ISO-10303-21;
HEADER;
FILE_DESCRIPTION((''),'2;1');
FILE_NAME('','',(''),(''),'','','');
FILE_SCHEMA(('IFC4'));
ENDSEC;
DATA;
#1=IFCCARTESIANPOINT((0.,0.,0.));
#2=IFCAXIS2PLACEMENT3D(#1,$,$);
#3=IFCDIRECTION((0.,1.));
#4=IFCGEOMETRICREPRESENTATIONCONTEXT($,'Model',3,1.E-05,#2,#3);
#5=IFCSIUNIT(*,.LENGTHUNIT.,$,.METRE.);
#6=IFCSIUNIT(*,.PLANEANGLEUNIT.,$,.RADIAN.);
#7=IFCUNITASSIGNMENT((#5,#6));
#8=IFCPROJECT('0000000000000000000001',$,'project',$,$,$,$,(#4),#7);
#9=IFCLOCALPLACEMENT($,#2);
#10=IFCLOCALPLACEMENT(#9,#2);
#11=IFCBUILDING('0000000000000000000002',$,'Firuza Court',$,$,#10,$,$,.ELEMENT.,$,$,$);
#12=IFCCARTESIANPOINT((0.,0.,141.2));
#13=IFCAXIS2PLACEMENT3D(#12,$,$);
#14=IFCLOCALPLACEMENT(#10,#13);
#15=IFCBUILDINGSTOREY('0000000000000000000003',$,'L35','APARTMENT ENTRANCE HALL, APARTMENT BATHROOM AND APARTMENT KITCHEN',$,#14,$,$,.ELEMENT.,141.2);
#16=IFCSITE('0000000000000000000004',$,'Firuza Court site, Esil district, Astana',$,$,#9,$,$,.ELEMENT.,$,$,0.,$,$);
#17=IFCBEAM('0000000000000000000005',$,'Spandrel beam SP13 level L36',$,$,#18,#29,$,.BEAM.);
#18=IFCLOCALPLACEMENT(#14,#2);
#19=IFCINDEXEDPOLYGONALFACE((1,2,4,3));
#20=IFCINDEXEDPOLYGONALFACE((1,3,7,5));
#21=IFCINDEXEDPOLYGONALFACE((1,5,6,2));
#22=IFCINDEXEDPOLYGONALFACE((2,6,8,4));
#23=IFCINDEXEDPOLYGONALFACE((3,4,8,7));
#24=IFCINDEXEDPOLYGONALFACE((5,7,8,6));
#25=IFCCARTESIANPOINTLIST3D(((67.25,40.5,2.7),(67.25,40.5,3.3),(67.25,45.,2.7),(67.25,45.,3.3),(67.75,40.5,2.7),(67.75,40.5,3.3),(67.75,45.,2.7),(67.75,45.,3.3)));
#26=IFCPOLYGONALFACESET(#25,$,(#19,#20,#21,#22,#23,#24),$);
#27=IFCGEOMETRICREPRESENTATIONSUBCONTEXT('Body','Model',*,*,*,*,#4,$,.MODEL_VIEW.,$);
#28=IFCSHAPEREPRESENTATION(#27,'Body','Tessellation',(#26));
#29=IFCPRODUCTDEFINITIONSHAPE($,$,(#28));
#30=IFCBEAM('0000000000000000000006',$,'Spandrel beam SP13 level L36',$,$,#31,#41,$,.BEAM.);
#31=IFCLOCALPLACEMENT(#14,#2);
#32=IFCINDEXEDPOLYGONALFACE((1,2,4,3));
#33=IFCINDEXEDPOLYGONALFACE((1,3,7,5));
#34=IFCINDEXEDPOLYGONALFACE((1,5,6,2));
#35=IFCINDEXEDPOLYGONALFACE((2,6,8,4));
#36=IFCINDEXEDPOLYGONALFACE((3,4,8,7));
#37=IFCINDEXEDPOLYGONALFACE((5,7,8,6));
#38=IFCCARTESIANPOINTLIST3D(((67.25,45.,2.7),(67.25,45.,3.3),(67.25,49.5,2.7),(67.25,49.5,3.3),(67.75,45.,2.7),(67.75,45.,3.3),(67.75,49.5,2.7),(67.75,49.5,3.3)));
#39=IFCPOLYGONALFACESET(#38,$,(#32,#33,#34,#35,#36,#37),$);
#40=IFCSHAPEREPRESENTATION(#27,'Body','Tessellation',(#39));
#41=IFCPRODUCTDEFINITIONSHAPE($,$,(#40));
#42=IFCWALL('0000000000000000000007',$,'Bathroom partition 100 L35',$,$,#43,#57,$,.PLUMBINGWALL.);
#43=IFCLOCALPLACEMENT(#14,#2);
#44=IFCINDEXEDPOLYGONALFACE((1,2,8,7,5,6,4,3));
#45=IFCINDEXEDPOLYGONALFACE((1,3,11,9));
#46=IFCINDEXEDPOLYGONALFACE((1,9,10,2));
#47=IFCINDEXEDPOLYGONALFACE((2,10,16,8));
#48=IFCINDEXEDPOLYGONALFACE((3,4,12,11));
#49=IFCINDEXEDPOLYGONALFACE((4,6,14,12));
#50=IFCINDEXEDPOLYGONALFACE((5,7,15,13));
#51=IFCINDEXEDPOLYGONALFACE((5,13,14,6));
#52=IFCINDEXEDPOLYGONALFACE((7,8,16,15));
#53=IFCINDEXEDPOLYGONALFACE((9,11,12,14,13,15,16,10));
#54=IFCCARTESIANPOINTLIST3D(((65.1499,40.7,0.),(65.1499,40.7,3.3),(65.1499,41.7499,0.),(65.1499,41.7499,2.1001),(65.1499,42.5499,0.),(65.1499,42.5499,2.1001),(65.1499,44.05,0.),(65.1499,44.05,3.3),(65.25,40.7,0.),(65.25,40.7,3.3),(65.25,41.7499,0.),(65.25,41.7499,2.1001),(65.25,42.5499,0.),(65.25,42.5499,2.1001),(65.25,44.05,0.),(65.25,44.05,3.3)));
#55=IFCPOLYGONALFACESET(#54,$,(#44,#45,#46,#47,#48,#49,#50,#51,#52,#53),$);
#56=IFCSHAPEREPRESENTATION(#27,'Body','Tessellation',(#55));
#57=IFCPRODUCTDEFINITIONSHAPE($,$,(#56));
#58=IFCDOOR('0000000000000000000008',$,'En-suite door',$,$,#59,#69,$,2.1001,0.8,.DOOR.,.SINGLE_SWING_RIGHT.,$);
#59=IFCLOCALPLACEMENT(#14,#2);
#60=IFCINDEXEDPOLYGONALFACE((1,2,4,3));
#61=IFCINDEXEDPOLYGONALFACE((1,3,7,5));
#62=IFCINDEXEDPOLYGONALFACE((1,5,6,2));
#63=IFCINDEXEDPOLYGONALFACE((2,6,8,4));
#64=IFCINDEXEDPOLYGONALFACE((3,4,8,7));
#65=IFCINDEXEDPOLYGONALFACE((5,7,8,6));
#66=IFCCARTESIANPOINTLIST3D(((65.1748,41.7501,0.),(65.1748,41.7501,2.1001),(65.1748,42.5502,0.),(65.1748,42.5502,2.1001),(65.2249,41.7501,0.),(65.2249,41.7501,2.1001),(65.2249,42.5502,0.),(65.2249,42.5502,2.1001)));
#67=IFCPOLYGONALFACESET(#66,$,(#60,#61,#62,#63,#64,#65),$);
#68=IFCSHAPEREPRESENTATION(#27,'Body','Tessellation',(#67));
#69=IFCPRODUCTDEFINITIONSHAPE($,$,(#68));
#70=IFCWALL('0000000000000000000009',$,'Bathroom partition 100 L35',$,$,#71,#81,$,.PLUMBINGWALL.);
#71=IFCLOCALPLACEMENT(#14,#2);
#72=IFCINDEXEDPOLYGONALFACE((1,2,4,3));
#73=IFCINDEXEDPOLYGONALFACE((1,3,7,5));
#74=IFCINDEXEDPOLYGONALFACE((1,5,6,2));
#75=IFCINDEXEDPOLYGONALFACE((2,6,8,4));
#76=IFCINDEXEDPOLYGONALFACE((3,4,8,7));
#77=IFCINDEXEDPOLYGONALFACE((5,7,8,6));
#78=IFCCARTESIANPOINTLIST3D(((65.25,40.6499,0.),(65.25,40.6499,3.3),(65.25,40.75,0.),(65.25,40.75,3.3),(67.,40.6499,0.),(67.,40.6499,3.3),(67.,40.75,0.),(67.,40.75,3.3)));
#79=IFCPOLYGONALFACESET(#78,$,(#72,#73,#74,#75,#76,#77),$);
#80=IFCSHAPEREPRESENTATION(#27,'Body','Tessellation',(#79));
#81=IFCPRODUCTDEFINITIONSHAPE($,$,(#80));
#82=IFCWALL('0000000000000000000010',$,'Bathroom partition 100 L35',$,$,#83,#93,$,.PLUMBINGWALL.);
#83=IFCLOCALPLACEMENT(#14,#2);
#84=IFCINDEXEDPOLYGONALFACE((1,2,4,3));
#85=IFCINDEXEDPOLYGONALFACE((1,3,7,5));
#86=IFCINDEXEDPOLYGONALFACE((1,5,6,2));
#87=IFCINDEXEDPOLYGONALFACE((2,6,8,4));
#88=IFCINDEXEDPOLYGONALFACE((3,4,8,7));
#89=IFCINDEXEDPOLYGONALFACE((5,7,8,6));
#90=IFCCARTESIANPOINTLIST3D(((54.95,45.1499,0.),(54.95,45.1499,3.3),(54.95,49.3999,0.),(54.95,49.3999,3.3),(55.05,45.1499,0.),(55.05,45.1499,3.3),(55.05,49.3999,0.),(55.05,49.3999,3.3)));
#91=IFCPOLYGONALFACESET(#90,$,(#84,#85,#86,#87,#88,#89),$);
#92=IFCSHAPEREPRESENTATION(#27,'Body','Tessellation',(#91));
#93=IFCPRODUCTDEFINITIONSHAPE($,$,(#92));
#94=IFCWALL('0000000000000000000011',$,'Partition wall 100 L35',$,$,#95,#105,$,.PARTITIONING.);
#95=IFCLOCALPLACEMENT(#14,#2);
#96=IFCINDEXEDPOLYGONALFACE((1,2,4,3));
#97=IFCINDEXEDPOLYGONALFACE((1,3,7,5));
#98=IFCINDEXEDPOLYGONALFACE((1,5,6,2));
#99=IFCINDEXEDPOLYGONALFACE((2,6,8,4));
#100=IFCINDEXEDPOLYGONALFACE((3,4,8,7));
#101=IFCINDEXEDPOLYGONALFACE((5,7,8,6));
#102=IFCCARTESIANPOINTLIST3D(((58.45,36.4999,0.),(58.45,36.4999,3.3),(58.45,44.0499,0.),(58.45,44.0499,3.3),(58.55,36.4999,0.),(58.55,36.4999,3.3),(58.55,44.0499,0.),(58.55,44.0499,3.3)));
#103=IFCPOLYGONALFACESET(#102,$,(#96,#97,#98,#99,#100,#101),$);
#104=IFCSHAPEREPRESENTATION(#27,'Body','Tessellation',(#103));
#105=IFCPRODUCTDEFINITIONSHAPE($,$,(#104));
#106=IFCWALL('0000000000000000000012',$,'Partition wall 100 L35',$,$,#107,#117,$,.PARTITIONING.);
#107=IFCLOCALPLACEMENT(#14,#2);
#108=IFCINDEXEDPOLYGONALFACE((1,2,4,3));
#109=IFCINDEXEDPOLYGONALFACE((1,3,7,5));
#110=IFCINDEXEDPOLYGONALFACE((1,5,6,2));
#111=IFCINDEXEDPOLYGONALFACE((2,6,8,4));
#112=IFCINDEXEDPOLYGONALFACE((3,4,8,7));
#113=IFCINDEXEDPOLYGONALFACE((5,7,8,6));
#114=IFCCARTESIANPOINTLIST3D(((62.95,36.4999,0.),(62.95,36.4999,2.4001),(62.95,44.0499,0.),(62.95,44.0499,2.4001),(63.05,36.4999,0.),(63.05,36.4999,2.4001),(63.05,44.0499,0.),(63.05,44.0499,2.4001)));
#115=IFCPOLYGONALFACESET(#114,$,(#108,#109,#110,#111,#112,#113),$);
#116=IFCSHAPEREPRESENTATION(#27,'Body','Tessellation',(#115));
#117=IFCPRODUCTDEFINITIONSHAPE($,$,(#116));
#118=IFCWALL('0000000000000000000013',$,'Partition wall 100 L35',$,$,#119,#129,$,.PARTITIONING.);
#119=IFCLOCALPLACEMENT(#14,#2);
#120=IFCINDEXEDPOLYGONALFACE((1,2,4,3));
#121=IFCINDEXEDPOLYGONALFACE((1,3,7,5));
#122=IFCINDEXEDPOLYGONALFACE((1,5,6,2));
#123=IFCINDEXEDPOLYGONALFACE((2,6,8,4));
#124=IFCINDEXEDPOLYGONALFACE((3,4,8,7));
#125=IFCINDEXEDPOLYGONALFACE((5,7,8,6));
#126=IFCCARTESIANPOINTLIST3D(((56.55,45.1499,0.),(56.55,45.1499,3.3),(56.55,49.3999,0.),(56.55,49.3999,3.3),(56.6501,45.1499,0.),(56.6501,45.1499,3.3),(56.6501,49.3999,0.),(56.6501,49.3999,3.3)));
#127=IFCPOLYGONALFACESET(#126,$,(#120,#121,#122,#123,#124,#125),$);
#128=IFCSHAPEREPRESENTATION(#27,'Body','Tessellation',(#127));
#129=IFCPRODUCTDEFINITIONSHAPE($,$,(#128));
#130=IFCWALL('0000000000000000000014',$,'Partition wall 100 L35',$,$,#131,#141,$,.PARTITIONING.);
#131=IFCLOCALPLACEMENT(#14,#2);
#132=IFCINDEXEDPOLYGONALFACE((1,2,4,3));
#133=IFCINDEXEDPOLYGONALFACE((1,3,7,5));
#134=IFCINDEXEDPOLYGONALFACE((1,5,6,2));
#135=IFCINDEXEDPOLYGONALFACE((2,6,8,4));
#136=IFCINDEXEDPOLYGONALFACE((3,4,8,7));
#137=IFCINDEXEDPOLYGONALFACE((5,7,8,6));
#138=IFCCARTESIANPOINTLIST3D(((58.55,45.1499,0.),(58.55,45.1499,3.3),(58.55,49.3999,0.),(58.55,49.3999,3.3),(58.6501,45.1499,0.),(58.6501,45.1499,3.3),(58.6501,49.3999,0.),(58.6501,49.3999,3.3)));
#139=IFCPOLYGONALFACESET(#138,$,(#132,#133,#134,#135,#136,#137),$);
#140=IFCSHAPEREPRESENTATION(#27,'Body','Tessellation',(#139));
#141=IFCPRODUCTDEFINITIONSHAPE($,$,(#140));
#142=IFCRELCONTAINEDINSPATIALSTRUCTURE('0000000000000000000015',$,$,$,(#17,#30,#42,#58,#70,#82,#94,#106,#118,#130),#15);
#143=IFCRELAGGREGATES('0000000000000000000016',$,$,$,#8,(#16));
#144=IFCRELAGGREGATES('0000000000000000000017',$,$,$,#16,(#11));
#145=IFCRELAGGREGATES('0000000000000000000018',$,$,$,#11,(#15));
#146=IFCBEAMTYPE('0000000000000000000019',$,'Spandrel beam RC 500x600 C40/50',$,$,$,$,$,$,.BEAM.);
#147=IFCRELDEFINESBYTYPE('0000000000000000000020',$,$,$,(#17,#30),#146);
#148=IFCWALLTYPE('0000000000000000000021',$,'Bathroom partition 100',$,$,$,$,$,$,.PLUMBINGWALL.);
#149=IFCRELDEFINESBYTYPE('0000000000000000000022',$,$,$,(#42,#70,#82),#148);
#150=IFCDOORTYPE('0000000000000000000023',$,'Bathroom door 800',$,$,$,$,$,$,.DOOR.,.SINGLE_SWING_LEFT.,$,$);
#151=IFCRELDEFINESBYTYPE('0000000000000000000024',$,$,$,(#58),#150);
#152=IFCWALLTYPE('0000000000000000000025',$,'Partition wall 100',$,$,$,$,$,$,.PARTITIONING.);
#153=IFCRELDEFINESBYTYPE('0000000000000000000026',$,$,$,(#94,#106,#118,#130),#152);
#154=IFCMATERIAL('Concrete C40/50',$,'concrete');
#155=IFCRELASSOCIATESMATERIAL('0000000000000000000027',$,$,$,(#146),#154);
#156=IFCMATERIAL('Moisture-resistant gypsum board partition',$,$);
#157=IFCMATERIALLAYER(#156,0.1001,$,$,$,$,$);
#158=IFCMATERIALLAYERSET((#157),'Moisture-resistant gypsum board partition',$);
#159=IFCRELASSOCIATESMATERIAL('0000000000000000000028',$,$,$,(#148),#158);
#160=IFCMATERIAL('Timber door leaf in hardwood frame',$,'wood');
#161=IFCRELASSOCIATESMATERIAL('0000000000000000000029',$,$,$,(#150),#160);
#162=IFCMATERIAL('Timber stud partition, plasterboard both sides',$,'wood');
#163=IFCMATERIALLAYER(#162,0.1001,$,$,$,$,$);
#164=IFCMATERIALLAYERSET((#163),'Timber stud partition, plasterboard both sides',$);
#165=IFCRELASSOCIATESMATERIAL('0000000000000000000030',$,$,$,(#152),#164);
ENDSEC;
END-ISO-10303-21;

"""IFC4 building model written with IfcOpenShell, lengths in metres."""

from ifc_helpers import new_model, si_unit, direction, frame, frame_2d, origin, origin_2d, place, context, subcontext, project, spatial, rectangle, extrude, material, layer, layer_set, material_profile, profile_set, type_object, element, fill, save


model = new_model("IFC4")

# Units and contexts
model_context = context("Model", 3, precision=1e-05, world=origin(), true_north=direction((0.0, 1.0)))
body_context = subcontext(model_context, "Body", "Model", "MODEL_VIEW")
ifc_project = project(units=[si_unit("LENGTHUNIT", "METRE"), si_unit("PLANEANGLEUNIT", "RADIAN")], contexts=[model_context])

# Site, building, storey
site_placement = place(None, origin())
site = spatial("IfcSite", under=ifc_project, at=site_placement, Name="Firuza Court site, Esil district, Astana", CompositionType="ELEMENT", RefElevation=0.0)
building_placement = place(site_placement, origin())
building = spatial("IfcBuilding", under=site, at=building_placement, Name="Firuza Court", CompositionType="ELEMENT")
storey_placement = place(building_placement, frame((0.0, 0.0, 141.2)))
storey = spatial("IfcBuildingStorey", under=building, at=storey_placement, Name="L35", Description="APARTMENT ENTRANCE HALL, APARTMENT BATHROOM AND APARTMENT KITCHEN", CompositionType="ELEMENT", Elevation=141.2)

# Beams
ifc_material_1 = material(Name="Concrete C40/50", Category="concrete")
ifc_material_profile_1 = material_profile(ifc_material_1, rectangle(XDim=0.5, YDim=0.6001, at=origin_2d()), Name="RC 500x600")
ifc_profile_set_1 = profile_set([ifc_material_profile_1], Name="Concrete C40/50")
beam_type_1 = type_object("IfcBeamType", Name="Spandrel beam RC 500x600 C40/50", PredefinedType="BEAM", material=ifc_profile_set_1)
for number, where, z_axis, x_axis, name in (
    (1, (67.5, 40.5, 3.0), (0.0, 1.0, 0.0), (-1.0, 0.0, 0.0), "Spandrel beam SP13 level L36"),
    (2, (67.5, 45.0, 3.0), (0.0, 1.0, 0.0), (-1.0, 0.0, 0.0), "Spandrel beam SP13 level L36"),
):
    element("IfcBeam", number, at=place(storey_placement, frame(where, z_axis=z_axis, x_axis=x_axis)), inside=storey, type_object=beam_type_1, Name=name, PredefinedType="BEAM", context=body_context, shape_type="SweptSolid", body=[
        extrude(rectangle(XDim=0.5, YDim=0.6001, at=origin_2d()), origin(), (0.0, 0.0, 1.0), 4.5),
    ])

# Wall, opening, door
ifc_material_2 = material(Name="Moisture-resistant gypsum board partition")
ifc_layer_1 = layer(ifc_material_2, 0.1001)
ifc_layer_set_1 = layer_set([ifc_layer_1], Name="Moisture-resistant gypsum board partition")
wall_type_1 = type_object("IfcWallType", Name="Bathroom partition 100", PredefinedType="PLUMBINGWALL", material=ifc_layer_set_1)
wall_1_placement = place(storey_placement, frame((65.2, 40.7, 0.0), z_axis=(0.0, 0.0, 1.0), x_axis=(0.0, 1.0, 0.0)))
wall_1 = element("IfcWall", 3, at=wall_1_placement, inside=storey, type_object=wall_type_1, Name="Bathroom partition 100 L35", PredefinedType="PLUMBINGWALL", context=body_context, shape_type="SweptSolid", body=[
    extrude(rectangle(XDim=3.3501, YDim=0.1001, at=frame_2d((1.675, 0.0))), origin(), (0.0, 0.0, 1.0), 3.3),
])
opening_1_placement = place(wall_1_placement, frame((1.05, 0.0, 0.0)))
opening_1 = element("IfcOpeningElement", 4, at=opening_1_placement, cuts=wall_1, PredefinedType="OPENING", context=body_context, shape_type="SweptSolid", body=[
    extrude(rectangle(XDim=0.8, YDim=2.1001, at=frame_2d((0.3999, 1.05))), frame((0.0, 0.062, 0.0), z_axis=(0.0, -1.0, 0.0), x_axis=(1.0, 0.0, 0.0)), (0.0, 0.0, 1.0), 0.124),
])
ifc_material_3 = material(Name="Timber door leaf in hardwood frame", Category="wood")
door_type = type_object("IfcDoorType", Name="Bathroom door 800", OperationType="SINGLE_SWING_LEFT", PredefinedType="DOOR", material=ifc_material_3)
door_placement = place(opening_1_placement, frame((0.8, 0.0, 0.0), z_axis=(0.0, 0.0, 1.0), x_axis=(-1.0, 0.0, 0.0)))
door = element("IfcDoor", 5, at=door_placement, inside=storey, type_object=door_type, Name="En-suite door", OperationType="SINGLE_SWING_RIGHT", OverallHeight=2.1001, OverallWidth=0.8, PredefinedType="DOOR", context=body_context, shape_type="SweptSolid", body=[
    extrude(rectangle(XDim=0.8, YDim=2.1001, at=frame_2d((0.3999, 1.05))), frame((0.0, 0.0249, 0.0), z_axis=(0.0, -1.0, 0.0), x_axis=(1.0, 0.0, 0.0)), (0.0, 0.0, 1.0), 0.05),
])
fill(opening_1, door)

# Walls
wall_2_placement = place(storey_placement, frame((65.25, 40.7, 0.0), z_axis=(0.0, 0.0, 1.0), x_axis=(1.0, 0.0, 0.0)))
element("IfcWall", 6, at=wall_2_placement, inside=storey, type_object=wall_type_1, Name="Bathroom partition 100 L35", PredefinedType="PLUMBINGWALL", context=body_context, shape_type="SweptSolid", body=[
    extrude(rectangle(XDim=1.75, YDim=0.1001, at=frame_2d((0.875, 0.0))), origin(), (0.0, 0.0, 1.0), 3.3),
])
wall_3_placement = place(storey_placement, frame((55.0, 45.1499, 0.0), z_axis=(0.0, 0.0, 1.0), x_axis=(0.0, 1.0, 0.0)))
element("IfcWall", 7, at=wall_3_placement, inside=storey, type_object=wall_type_1, Name="Bathroom partition 100 L35", PredefinedType="PLUMBINGWALL", context=body_context, shape_type="SweptSolid", body=[
    extrude(rectangle(XDim=4.25, YDim=0.1001, at=frame_2d((2.125, 0.0))), origin(), (0.0, 0.0, 1.0), 3.3),
])
ifc_material_4 = material(Name="Timber stud partition, plasterboard both sides", Category="wood")
ifc_layer_2 = layer(ifc_material_4, 0.1001)
ifc_layer_set_2 = layer_set([ifc_layer_2], Name="Timber stud partition, plasterboard both sides")
wall_type_2 = type_object("IfcWallType", Name="Partition wall 100", PredefinedType="PARTITIONING", material=ifc_layer_set_2)
wall_4_placement = place(storey_placement, frame((58.5, 36.5, 0.0), z_axis=(0.0, 0.0, 1.0), x_axis=(0.0, 1.0, 0.0)))
element("IfcWall", 8, at=wall_4_placement, inside=storey, type_object=wall_type_2, Name="Partition wall 100 L35", PredefinedType="PARTITIONING", context=body_context, shape_type="SweptSolid", body=[
    extrude(rectangle(XDim=7.55, YDim=0.1001, at=frame_2d((3.7749, 0.0))), origin(), (0.0, 0.0, 1.0), 3.3),
])
wall_5_placement = place(storey_placement, frame((63.0, 36.5, 0.0), z_axis=(0.0, 0.0, 1.0), x_axis=(0.0, 1.0, 0.0)))
element("IfcWall", 9, at=wall_5_placement, inside=storey, type_object=wall_type_2, Name="Partition wall 100 L35", PredefinedType="PARTITIONING", context=body_context, shape_type="SweptSolid", body=[
    extrude(rectangle(XDim=7.55, YDim=0.1001, at=frame_2d((3.7749, 0.0))), origin(), (0.0, 0.0, 1.0), 2.4001),
])
for number, where, z_axis, x_axis, name in (
    (10, (56.6001, 45.1499, 0.0), (0.0, 0.0, 1.0), (0.0, 1.0, 0.0), "Partition wall 100 L35"),
    (11, (58.6001, 45.1499, 0.0), (0.0, 0.0, 1.0), (0.0, 1.0, 0.0), "Partition wall 100 L35"),
):
    element("IfcWall", number, at=place(storey_placement, frame(where, z_axis=z_axis, x_axis=x_axis)), inside=storey, type_object=wall_type_2, Name=name, PredefinedType="PARTITIONING", context=body_context, shape_type="SweptSolid", body=[
        extrude(rectangle(XDim=4.25, YDim=0.1001, at=frame_2d((2.125, 0.0))), origin(), (0.0, 0.0, 1.0), 3.3),
    ])

save(model, "model.ifc")
